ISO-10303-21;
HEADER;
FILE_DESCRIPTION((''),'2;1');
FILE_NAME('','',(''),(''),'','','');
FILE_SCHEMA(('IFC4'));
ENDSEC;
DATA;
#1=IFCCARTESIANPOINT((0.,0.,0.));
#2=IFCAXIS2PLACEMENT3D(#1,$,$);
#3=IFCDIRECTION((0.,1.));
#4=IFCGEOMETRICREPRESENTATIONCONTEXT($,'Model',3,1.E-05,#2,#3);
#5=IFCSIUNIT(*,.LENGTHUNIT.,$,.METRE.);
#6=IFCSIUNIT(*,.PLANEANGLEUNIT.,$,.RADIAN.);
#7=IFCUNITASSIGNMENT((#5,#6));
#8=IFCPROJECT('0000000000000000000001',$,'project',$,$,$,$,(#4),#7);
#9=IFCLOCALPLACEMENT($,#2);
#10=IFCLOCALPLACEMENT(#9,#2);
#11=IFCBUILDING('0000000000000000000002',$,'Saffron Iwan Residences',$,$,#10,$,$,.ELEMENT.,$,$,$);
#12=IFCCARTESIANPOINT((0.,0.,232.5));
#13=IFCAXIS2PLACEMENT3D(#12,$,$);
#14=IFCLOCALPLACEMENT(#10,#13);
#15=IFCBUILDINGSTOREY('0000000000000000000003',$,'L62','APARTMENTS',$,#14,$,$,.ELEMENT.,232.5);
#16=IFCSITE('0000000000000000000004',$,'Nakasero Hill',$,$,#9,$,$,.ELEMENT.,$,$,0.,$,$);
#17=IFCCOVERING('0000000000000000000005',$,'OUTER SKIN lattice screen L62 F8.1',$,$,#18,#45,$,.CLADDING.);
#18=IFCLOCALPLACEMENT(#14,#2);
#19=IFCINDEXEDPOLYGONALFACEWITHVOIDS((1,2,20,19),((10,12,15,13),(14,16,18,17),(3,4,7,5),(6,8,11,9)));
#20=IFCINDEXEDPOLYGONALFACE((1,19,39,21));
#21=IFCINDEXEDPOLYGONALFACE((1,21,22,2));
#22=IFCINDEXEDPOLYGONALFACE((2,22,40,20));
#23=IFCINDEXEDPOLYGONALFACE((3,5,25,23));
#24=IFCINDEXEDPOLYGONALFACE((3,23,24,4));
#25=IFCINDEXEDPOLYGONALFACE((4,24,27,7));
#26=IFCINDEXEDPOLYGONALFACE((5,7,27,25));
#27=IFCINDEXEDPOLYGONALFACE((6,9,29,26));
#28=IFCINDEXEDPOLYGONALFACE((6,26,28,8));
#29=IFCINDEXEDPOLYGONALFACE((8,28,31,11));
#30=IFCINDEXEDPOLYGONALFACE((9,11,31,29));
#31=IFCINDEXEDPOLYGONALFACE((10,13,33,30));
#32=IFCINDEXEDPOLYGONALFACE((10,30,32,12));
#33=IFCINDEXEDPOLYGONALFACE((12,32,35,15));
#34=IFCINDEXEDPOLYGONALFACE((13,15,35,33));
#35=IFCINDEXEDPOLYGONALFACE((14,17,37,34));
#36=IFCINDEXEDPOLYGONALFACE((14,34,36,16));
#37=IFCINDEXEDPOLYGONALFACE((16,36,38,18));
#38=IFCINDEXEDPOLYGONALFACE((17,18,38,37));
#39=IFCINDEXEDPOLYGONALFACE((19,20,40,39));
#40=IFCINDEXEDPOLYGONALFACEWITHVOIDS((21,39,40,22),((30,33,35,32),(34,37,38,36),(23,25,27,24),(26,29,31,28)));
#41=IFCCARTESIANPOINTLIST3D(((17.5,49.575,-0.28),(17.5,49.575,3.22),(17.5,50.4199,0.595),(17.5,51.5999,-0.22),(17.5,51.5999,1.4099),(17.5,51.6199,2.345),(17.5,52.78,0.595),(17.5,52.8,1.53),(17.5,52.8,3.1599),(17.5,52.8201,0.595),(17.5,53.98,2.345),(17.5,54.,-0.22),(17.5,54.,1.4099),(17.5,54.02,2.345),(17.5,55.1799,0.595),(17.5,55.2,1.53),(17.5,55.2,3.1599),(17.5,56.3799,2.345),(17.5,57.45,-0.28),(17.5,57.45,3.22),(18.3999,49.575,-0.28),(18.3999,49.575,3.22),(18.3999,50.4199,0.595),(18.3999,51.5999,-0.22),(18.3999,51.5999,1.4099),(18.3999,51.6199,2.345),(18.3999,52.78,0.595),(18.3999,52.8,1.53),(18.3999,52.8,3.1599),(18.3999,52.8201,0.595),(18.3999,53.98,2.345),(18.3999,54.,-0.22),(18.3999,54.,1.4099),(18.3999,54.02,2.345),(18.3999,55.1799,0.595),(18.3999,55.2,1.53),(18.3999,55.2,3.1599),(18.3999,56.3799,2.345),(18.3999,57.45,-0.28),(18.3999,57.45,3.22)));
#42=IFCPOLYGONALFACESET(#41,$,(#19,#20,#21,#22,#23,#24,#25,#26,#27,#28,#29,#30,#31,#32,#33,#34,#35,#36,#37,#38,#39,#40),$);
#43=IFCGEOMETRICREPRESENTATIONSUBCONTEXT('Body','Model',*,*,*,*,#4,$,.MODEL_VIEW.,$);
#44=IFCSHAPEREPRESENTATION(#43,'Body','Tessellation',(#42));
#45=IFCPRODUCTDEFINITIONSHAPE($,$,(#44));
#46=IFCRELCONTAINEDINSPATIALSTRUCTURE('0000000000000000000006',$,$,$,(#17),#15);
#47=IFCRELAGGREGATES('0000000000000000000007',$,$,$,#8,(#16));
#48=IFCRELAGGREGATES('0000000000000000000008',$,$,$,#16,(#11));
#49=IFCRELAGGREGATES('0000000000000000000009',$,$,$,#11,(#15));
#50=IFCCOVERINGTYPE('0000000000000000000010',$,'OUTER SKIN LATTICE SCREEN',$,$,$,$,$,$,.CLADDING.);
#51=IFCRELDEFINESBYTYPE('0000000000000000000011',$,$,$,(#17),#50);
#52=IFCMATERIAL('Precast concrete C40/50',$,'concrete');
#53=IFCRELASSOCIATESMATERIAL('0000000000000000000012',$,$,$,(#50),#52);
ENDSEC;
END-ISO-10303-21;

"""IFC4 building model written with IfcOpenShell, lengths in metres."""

from ifc_helpers import new_model, si_unit, direction, frame, origin, place, context, subcontext, project, spatial, polyline, outline, extrude, material, type_object, element, save


model = new_model("IFC4")

# Units and contexts
model_context = context("Model", 3, precision=1e-05, world=origin(), true_north=direction((0.0, 1.0)))
body_context = subcontext(model_context, "Body", "Model", "MODEL_VIEW")
ifc_project = project(units=[si_unit("LENGTHUNIT", "METRE"), si_unit("PLANEANGLEUNIT", "RADIAN")], contexts=[model_context])

# Site, building, storey
site_placement = place(None, origin())
site = spatial("IfcSite", under=ifc_project, at=site_placement, Name="Nakasero Hill", CompositionType="ELEMENT", RefElevation=0.0)
building_placement = place(site_placement, origin())
building = spatial("IfcBuilding", under=site, at=building_placement, Name="Saffron Iwan Residences", CompositionType="ELEMENT")
storey_placement = place(building_placement, frame((0.0, 0.0, 232.5)))
storey = spatial("IfcBuildingStorey", under=building, at=storey_placement, Name="L62", Description="APARTMENTS", CompositionType="ELEMENT", Elevation=232.5)

# Covering
ifc_material_1 = material(Name="Precast concrete C40/50", Category="concrete")
covering_type = type_object("IfcCoveringType", Name="OUTER SKIN LATTICE SCREEN", PredefinedType="CLADDING", material=ifc_material_1)
covering_placement = place(storey_placement, frame((18.3999, 57.45, -0.28), z_axis=(-1.0, 0.0, 0.0), x_axis=(0.0, -1.0, 0.0)))
element("IfcCovering", 1, at=covering_placement, inside=storey, type_object=covering_type, Name="OUTER SKIN lattice screen L62 F8.1", PredefinedType="CLADDING", context=body_context, shape_type="SweptSolid", body=[
    extrude(outline(polyline([(0.0, 0.0), (7.875, 0.0), (7.875, 3.5), (0.0, 3.5), (0.0, 0.0)]), holes=[polyline([(2.27, 0.875), (3.45, 0.0601), (4.6299, 0.875), (3.45, 1.6899), (2.27, 0.875)]), polyline([(4.6699, 0.875), (5.8501, 0.0601), (7.03, 0.875), (5.8501, 1.6899), (4.6699, 0.875)]), polyline([(1.0701, 2.625), (2.25, 1.8101), (3.4299, 2.625), (2.25, 3.4399), (1.0701, 2.625)]), polyline([(3.47, 2.625), (4.6499, 1.8101), (5.8301, 2.625), (4.6499, 3.4399), (3.47, 2.625)])]), origin(), (0.0, 0.0, 1.0), 0.8999),
])

save(model, "model.ifc")
